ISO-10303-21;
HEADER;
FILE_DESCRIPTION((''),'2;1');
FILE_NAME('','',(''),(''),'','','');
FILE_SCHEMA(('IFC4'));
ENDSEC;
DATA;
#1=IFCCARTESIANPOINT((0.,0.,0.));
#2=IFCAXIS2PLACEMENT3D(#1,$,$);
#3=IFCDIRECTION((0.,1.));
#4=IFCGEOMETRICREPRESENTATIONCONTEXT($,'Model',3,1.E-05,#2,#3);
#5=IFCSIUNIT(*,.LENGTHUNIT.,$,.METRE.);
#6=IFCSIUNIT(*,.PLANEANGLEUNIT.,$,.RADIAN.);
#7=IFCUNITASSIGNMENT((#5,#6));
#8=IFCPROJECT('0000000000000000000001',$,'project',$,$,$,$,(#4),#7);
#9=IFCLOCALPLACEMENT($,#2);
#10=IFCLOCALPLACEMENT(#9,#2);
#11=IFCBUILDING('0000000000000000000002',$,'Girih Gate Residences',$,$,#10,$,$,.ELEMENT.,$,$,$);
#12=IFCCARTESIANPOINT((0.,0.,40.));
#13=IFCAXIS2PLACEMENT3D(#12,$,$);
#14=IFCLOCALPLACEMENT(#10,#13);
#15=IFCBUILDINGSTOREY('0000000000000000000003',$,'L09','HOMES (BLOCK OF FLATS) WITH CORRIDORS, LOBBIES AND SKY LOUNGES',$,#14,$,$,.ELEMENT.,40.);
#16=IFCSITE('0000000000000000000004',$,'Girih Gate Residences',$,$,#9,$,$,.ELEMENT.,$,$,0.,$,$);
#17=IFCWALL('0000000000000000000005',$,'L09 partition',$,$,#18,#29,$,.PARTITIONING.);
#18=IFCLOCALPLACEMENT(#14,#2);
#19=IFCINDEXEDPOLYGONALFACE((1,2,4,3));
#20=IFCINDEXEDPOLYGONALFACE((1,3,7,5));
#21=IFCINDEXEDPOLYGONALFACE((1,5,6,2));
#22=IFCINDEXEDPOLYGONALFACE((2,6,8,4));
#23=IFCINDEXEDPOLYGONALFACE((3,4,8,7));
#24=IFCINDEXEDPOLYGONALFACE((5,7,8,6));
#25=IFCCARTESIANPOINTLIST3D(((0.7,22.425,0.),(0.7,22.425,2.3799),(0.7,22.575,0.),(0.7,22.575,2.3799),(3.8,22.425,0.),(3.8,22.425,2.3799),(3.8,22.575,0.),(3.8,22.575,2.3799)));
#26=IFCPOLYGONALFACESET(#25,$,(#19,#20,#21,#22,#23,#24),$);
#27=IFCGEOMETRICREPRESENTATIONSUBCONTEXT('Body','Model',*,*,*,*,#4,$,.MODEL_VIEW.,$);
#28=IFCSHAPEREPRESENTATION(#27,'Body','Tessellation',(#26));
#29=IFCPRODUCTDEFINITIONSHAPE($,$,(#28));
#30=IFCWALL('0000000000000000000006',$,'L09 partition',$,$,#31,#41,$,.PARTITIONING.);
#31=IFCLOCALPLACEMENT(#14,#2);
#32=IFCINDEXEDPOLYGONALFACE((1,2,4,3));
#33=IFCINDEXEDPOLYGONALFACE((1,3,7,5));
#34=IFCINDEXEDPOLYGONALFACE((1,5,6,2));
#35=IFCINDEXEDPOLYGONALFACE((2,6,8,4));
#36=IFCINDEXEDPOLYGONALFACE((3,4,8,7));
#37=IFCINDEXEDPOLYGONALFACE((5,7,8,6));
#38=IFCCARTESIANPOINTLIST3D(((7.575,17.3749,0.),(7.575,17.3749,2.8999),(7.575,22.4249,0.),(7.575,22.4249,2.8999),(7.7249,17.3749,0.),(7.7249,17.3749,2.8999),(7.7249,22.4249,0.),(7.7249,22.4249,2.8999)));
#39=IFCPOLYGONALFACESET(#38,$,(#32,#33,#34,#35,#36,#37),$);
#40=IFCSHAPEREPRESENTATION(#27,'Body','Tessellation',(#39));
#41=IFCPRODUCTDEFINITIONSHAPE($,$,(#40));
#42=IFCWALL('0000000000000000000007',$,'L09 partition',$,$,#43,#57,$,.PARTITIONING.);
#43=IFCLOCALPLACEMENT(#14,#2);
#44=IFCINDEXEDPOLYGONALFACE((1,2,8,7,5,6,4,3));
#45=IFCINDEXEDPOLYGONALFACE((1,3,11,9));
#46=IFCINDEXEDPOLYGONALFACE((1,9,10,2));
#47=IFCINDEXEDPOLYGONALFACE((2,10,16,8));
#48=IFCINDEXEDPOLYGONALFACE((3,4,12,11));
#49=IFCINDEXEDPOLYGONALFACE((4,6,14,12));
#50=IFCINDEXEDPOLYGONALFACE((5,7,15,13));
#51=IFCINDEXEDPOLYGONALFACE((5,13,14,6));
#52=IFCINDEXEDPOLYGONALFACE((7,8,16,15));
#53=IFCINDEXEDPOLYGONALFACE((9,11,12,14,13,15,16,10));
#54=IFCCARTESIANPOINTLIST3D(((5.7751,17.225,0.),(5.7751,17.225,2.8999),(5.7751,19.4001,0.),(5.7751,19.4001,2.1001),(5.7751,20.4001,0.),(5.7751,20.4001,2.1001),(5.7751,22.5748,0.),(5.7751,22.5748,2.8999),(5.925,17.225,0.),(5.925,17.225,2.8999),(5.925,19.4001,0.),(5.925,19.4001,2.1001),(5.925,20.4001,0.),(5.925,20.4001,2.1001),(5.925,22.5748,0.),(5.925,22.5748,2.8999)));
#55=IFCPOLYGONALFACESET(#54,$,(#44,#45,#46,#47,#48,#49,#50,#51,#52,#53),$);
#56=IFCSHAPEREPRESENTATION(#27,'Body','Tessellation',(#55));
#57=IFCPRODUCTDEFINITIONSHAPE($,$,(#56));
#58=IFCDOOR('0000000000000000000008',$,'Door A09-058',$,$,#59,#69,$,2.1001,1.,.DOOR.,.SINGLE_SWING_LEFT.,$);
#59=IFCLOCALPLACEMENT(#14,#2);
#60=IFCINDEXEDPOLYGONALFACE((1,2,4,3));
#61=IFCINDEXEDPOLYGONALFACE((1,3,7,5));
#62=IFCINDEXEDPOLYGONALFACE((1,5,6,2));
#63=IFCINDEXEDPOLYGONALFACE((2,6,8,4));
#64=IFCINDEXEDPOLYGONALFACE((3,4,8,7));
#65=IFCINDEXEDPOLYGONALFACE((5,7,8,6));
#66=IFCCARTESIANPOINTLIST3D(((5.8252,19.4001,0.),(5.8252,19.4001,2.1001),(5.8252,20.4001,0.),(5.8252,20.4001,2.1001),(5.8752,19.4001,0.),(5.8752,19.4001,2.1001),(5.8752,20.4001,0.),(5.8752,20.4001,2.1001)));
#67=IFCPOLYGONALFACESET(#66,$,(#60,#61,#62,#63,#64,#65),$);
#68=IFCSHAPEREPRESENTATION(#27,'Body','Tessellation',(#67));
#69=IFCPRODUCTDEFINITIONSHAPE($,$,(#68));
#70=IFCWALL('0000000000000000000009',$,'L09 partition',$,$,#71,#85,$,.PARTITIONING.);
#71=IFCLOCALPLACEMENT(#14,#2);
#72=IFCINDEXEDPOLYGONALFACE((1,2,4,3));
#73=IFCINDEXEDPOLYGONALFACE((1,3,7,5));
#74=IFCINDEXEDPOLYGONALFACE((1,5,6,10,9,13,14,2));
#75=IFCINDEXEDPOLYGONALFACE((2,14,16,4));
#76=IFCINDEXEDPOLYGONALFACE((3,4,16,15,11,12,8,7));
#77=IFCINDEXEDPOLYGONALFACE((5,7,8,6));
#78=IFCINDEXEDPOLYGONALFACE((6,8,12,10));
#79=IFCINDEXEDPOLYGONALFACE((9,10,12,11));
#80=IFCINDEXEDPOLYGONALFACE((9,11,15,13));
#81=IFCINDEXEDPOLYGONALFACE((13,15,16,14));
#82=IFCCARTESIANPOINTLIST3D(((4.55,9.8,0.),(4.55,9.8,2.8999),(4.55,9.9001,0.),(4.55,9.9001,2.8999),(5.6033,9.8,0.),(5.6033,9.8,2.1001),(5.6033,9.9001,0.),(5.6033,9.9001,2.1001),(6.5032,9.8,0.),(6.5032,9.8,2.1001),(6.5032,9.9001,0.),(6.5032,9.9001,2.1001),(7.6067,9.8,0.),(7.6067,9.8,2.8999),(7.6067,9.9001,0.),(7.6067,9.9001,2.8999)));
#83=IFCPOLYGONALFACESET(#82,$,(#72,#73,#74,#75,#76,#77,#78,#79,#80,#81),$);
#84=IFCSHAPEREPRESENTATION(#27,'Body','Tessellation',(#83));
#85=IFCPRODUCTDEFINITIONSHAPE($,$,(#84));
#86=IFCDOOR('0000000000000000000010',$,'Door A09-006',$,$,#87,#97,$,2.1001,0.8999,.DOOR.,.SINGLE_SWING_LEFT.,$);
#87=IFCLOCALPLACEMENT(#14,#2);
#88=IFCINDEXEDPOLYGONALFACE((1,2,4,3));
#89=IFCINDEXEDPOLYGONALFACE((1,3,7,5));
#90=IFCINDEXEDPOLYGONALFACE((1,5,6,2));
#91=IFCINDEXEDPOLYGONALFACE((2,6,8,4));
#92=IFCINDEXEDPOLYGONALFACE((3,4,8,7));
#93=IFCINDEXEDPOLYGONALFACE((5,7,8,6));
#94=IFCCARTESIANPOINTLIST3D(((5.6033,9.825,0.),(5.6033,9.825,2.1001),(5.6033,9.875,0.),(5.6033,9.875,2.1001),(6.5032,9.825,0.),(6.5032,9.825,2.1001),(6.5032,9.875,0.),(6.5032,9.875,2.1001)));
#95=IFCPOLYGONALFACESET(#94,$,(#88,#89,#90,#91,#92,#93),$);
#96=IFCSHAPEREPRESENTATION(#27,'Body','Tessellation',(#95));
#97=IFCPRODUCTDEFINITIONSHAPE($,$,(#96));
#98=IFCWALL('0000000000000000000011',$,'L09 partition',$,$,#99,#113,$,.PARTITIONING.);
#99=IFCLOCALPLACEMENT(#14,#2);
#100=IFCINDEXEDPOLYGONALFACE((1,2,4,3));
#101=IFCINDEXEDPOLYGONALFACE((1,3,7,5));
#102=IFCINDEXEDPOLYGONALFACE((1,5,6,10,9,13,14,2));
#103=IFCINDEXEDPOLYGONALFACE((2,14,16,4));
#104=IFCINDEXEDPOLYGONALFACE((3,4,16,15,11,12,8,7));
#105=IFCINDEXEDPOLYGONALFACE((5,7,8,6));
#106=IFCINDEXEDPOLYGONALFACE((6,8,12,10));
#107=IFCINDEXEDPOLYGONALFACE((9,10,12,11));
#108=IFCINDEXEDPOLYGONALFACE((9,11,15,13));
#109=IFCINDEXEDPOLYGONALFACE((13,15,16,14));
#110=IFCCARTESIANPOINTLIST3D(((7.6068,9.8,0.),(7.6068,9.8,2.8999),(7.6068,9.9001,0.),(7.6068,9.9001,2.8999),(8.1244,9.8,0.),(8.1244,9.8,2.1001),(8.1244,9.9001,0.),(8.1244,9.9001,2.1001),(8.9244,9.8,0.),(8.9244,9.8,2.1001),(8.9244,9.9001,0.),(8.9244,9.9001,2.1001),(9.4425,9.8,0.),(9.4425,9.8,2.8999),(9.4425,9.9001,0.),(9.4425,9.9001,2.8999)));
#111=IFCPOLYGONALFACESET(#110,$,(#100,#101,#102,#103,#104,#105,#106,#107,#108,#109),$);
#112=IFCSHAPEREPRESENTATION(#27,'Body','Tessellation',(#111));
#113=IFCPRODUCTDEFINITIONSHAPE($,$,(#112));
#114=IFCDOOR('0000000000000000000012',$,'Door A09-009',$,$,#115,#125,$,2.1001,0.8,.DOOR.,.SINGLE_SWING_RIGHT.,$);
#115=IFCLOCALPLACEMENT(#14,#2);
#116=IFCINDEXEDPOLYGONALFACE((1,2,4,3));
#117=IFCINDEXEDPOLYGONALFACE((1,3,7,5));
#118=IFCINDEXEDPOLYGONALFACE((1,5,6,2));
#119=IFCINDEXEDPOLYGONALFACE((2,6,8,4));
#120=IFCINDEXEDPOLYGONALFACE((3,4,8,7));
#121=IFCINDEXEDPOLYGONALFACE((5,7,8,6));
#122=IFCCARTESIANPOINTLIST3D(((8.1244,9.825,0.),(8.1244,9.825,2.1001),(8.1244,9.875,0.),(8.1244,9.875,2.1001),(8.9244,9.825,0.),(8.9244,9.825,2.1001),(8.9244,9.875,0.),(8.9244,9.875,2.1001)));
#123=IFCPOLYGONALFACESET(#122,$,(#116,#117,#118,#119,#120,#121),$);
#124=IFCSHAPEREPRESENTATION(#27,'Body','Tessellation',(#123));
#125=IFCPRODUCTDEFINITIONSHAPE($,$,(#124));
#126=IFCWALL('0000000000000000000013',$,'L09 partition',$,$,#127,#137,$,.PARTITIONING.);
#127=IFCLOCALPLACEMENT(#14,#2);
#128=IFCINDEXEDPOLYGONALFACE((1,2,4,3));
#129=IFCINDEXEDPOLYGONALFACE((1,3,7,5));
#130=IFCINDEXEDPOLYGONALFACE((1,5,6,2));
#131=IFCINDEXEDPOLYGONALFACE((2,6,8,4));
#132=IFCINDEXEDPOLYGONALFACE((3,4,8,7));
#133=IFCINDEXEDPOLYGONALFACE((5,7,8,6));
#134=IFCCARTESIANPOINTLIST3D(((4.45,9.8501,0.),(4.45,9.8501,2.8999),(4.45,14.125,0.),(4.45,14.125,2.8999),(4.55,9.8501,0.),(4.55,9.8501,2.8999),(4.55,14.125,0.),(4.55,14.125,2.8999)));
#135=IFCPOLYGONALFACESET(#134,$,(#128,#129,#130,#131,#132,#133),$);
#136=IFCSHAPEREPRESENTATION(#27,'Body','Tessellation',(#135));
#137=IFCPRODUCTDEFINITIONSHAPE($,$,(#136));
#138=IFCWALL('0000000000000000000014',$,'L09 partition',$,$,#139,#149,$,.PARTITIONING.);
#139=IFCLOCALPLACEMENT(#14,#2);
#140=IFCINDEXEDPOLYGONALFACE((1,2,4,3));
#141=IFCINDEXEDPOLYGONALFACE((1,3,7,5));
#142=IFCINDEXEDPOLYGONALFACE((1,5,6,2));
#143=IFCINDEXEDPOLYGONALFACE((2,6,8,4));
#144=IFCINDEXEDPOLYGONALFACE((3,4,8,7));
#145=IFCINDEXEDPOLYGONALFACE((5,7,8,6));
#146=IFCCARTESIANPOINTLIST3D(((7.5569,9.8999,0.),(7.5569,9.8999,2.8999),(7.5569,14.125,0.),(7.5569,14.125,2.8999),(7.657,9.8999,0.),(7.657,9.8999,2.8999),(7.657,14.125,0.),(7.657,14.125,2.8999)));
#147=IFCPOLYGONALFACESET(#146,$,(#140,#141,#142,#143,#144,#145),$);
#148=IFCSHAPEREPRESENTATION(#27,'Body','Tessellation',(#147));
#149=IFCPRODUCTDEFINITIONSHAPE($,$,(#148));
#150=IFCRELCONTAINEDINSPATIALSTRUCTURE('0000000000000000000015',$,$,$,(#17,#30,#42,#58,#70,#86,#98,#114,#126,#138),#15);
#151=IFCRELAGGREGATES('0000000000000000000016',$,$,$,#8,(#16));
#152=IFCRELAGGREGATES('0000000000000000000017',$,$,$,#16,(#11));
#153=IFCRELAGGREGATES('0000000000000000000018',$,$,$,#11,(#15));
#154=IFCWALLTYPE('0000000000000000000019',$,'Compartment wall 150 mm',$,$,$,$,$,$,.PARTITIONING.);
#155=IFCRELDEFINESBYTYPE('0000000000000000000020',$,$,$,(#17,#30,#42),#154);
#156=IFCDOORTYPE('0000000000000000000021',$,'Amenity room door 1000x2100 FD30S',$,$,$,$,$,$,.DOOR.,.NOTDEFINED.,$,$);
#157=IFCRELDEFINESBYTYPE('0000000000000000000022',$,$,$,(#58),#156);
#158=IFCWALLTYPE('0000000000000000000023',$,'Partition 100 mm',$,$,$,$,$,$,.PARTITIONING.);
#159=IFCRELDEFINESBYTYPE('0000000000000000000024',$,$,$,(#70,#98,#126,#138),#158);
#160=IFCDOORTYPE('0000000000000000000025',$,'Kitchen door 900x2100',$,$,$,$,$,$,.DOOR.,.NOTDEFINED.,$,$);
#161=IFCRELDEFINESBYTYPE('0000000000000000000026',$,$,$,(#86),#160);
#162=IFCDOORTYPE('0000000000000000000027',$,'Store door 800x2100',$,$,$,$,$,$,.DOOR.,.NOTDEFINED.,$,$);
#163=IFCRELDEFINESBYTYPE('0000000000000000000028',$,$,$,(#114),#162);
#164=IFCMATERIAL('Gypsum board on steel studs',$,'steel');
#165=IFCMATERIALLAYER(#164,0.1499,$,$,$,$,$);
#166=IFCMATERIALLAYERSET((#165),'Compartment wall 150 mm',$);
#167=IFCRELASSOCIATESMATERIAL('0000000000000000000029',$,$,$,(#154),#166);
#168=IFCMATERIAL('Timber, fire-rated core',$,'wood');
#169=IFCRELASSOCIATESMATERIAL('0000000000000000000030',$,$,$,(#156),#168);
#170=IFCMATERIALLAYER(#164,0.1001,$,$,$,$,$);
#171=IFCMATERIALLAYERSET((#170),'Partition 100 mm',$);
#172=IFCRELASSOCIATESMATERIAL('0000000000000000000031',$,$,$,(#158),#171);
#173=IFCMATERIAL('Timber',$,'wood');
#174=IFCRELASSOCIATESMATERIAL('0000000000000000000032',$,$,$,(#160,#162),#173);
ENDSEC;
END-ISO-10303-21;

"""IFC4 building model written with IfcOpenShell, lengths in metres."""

from ifc_helpers import new_model, si_unit, direction, frame, frame_2d, origin, place, context, subcontext, project, spatial, rectangle, extrude, material, layer, layer_set, type_object, element, fill, save


model = new_model("IFC4")

# Units and contexts
model_context = context("Model", 3, precision=1e-05, world=origin(), true_north=direction((0.0, 1.0)))
body_context = subcontext(model_context, "Body", "Model", "MODEL_VIEW")
ifc_project = project(units=[si_unit("LENGTHUNIT", "METRE"), si_unit("PLANEANGLEUNIT", "RADIAN")], contexts=[model_context])

# Site, building, storey
site_placement = place(None, origin())
site = spatial("IfcSite", under=ifc_project, at=site_placement, Name="Girih Gate Residences", CompositionType="ELEMENT", RefElevation=0.0)
building_placement = place(site_placement, origin())
building = spatial("IfcBuilding", under=site, at=building_placement, Name="Girih Gate Residences", CompositionType="ELEMENT")
storey_placement = place(building_placement, frame((0.0, 0.0, 40.0)))
storey = spatial("IfcBuildingStorey", under=building, at=storey_placement, Name="L09", Description="HOMES (BLOCK OF FLATS) WITH CORRIDORS, LOBBIES AND SKY LOUNGES", CompositionType="ELEMENT", Elevation=40.0)

# Shared definitions
ifc_material_1 = material(Name="Gypsum board on steel studs", Category="steel")
ifc_layer_1 = layer(ifc_material_1, 0.1499)
ifc_layer_set_1 = layer_set([ifc_layer_1], Name="Compartment wall 150 mm")
wall_type_1 = type_object("IfcWallType", Name="Compartment wall 150 mm", PredefinedType="PARTITIONING", material=ifc_layer_set_1)

# Shared definitions
ifc_material_2 = material(Name="Timber", Category="wood")

# Walls
wall_1_placement = place(storey_placement, frame((0.7, 22.5, 0.0), z_axis=(0.0, 0.0, 1.0), x_axis=(1.0, 0.0, 0.0)))
element("IfcWall", 1, at=wall_1_placement, inside=storey, type_object=wall_type_1, Name="L09 partition", PredefinedType="PARTITIONING", context=body_context, shape_type="SweptSolid", body=[
    extrude(rectangle(XDim=3.1001, YDim=0.1499, at=frame_2d((1.55, 0.0))), origin(), (0.0, 0.0, 1.0), 2.3799),
])
wall_2_placement = place(storey_placement, frame((7.6499, 17.375, 0.0), z_axis=(0.0, 0.0, 1.0), x_axis=(0.0, 1.0, 0.0)))
element("IfcWall", 2, at=wall_2_placement, inside=storey, type_object=wall_type_1, Name="L09 partition", PredefinedType="PARTITIONING", context=body_context, shape_type="SweptSolid", body=[
    extrude(rectangle(XDim=5.05, YDim=0.1499, at=frame_2d((2.5249, 0.0))), origin(), (0.0, 0.0, 1.0), 2.8999),
])

# Walls, openings, doors
wall_3_placement = place(storey_placement, frame((5.8501, 17.2251, 0.0), z_axis=(0.0, 0.0, 1.0), x_axis=(0.0, 1.0, 0.0)))
wall_3 = element("IfcWall", 3, at=wall_3_placement, inside=storey, type_object=wall_type_1, Name="L09 partition", PredefinedType="PARTITIONING", context=body_context, shape_type="SweptSolid", body=[
    extrude(rectangle(XDim=5.3499, YDim=0.1499, at=frame_2d((2.6748, 0.0))), origin(), (0.0, 0.0, 1.0), 2.8999),
])
opening_1_placement = place(wall_3_placement, frame((2.175, 0.0, 0.0)))
opening_1 = element("IfcOpeningElement", 4, at=opening_1_placement, cuts=wall_3, PredefinedType="OPENING", context=body_context, shape_type="SweptSolid", body=[
    extrude(rectangle(XDim=1.0, YDim=2.1001, at=frame_2d((0.5, 1.05))), frame((0.0, 0.085, 0.0), z_axis=(0.0, -1.0, 0.0), x_axis=(1.0, 0.0, 0.0)), (0.0, 0.0, 1.0), 0.1699),
])
ifc_material_3 = material(Name="Timber, fire-rated core", Category="wood")
door_type_1 = type_object("IfcDoorType", Name="Amenity room door 1000x2100 FD30S", OperationType="NOTDEFINED", PredefinedType="DOOR", material=ifc_material_3)
door_1_placement = place(opening_1_placement, origin())
door_1 = element("IfcDoor", 5, at=door_1_placement, inside=storey, type_object=door_type_1, Name="Door A09-058", OperationType="SINGLE_SWING_LEFT", OverallHeight=2.1001, OverallWidth=1.0, PredefinedType="DOOR", context=body_context, shape_type="SweptSolid", body=[
    extrude(rectangle(XDim=1.0, YDim=2.1001, at=frame_2d((0.5, 1.05))), frame((0.0, 0.0249, 0.0), z_axis=(0.0, -1.0, 0.0), x_axis=(1.0, 0.0, 0.0)), (0.0, 0.0, 1.0), 0.05),
])
fill(opening_1, door_1)
ifc_layer_2 = layer(ifc_material_1, 0.1001)
ifc_layer_set_2 = layer_set([ifc_layer_2], Name="Partition 100 mm")
wall_type_2 = type_object("IfcWallType", Name="Partition 100 mm", PredefinedType="PARTITIONING", material=ifc_layer_set_2)
wall_4_placement = place(storey_placement, frame((4.55, 9.8501, 0.0), z_axis=(0.0, 0.0, 1.0), x_axis=(1.0, 0.0, 0.0)))
wall_4 = element("IfcWall", 6, at=wall_4_placement, inside=storey, type_object=wall_type_2, Name="L09 partition", PredefinedType="PARTITIONING", context=body_context, shape_type="SweptSolid", body=[
    extrude(rectangle(XDim=3.0566, YDim=0.1001, at=frame_2d((1.5283, 0.0))), origin(), (0.0, 0.0, 1.0), 2.8999),
])
opening_2_placement = place(wall_4_placement, frame((1.0532, 0.0, 0.0)))
opening_2 = element("IfcOpeningElement", 7, at=opening_2_placement, cuts=wall_4, PredefinedType="OPENING", context=body_context, shape_type="SweptSolid", body=[
    extrude(rectangle(XDim=0.8999, YDim=2.1001, at=frame_2d((0.45, 1.05))), frame((0.0, 0.0601, 0.0), z_axis=(0.0, -1.0, 0.0), x_axis=(1.0, 0.0, 0.0)), (0.0, 0.0, 1.0), 0.1201),
])
door_type_2 = type_object("IfcDoorType", Name="Kitchen door 900x2100", OperationType="NOTDEFINED", PredefinedType="DOOR", material=ifc_material_2)
door_2_placement = place(opening_2_placement, origin())
door_2 = element("IfcDoor", 8, at=door_2_placement, inside=storey, type_object=door_type_2, Name="Door A09-006", OperationType="SINGLE_SWING_LEFT", OverallHeight=2.1001, OverallWidth=0.8999, PredefinedType="DOOR", context=body_context, shape_type="SweptSolid", body=[
    extrude(rectangle(XDim=0.8999, YDim=2.1001, at=frame_2d((0.45, 1.05))), frame((0.0, 0.0249, 0.0), z_axis=(0.0, -1.0, 0.0), x_axis=(1.0, 0.0, 0.0)), (0.0, 0.0, 1.0), 0.05),
])
fill(opening_2, door_2)
wall_5_placement = place(storey_placement, frame((7.6067, 9.8501, 0.0), z_axis=(0.0, 0.0, 1.0), x_axis=(1.0, 0.0, 0.0)))
wall_5 = element("IfcWall", 9, at=wall_5_placement, inside=storey, type_object=wall_type_2, Name="L09 partition", PredefinedType="PARTITIONING", context=body_context, shape_type="SweptSolid", body=[
    extrude(rectangle(XDim=1.8357, YDim=0.1001, at=frame_2d((0.918, 0.0))), origin(), (0.0, 0.0, 1.0), 2.8999),
])
opening_3_placement = place(wall_5_placement, frame((0.5178, 0.0, 0.0)))
opening_3 = element("IfcOpeningElement", 10, at=opening_3_placement, cuts=wall_5, PredefinedType="OPENING", context=body_context, shape_type="SweptSolid", body=[
    extrude(rectangle(XDim=0.8, YDim=2.1001, at=frame_2d((0.3999, 1.05))), frame((0.0, 0.0601, 0.0), z_axis=(0.0, -1.0, 0.0), x_axis=(1.0, 0.0, 0.0)), (0.0, 0.0, 1.0), 0.1201),
])
door_type_3 = type_object("IfcDoorType", Name="Store door 800x2100", OperationType="NOTDEFINED", PredefinedType="DOOR", material=ifc_material_2)
door_3_placement = place(opening_3_placement, origin())
door_3 = element("IfcDoor", 11, at=door_3_placement, inside=storey, type_object=door_type_3, Name="Door A09-009", OperationType="SINGLE_SWING_RIGHT", OverallHeight=2.1001, OverallWidth=0.8, PredefinedType="DOOR", context=body_context, shape_type="SweptSolid", body=[
    extrude(rectangle(XDim=0.8, YDim=2.1001, at=frame_2d((0.3999, 1.05))), frame((0.0, 0.0249, 0.0), z_axis=(0.0, -1.0, 0.0), x_axis=(1.0, 0.0, 0.0)), (0.0, 0.0, 1.0), 0.05),
])
fill(opening_3, door_3)

# Walls
wall_6_placement = place(storey_placement, frame((4.5, 9.8501, 0.0), z_axis=(0.0, 0.0, 1.0), x_axis=(0.0, 1.0, 0.0)))
element("IfcWall", 12, at=wall_6_placement, inside=storey, type_object=wall_type_2, Name="L09 partition", PredefinedType="PARTITIONING", context=body_context, shape_type="SweptSolid", body=[
    extrude(rectangle(XDim=4.2749, YDim=0.1001, at=frame_2d((2.1375, 0.0))), origin(), (0.0, 0.0, 1.0), 2.8999),
])
wall_7_placement = place(storey_placement, frame((7.6069, 9.8999, 0.0), z_axis=(0.0, 0.0, 1.0), x_axis=(0.0, 1.0, 0.0)))
element("IfcWall", 13, at=wall_7_placement, inside=storey, type_object=wall_type_2, Name="L09 partition", PredefinedType="PARTITIONING", context=body_context, shape_type="SweptSolid", body=[
    extrude(rectangle(XDim=4.2251, YDim=0.1001, at=frame_2d((2.1125, 0.0))), origin(), (0.0, 0.0, 1.0), 2.8999),
])

save(model, "model.ifc")
